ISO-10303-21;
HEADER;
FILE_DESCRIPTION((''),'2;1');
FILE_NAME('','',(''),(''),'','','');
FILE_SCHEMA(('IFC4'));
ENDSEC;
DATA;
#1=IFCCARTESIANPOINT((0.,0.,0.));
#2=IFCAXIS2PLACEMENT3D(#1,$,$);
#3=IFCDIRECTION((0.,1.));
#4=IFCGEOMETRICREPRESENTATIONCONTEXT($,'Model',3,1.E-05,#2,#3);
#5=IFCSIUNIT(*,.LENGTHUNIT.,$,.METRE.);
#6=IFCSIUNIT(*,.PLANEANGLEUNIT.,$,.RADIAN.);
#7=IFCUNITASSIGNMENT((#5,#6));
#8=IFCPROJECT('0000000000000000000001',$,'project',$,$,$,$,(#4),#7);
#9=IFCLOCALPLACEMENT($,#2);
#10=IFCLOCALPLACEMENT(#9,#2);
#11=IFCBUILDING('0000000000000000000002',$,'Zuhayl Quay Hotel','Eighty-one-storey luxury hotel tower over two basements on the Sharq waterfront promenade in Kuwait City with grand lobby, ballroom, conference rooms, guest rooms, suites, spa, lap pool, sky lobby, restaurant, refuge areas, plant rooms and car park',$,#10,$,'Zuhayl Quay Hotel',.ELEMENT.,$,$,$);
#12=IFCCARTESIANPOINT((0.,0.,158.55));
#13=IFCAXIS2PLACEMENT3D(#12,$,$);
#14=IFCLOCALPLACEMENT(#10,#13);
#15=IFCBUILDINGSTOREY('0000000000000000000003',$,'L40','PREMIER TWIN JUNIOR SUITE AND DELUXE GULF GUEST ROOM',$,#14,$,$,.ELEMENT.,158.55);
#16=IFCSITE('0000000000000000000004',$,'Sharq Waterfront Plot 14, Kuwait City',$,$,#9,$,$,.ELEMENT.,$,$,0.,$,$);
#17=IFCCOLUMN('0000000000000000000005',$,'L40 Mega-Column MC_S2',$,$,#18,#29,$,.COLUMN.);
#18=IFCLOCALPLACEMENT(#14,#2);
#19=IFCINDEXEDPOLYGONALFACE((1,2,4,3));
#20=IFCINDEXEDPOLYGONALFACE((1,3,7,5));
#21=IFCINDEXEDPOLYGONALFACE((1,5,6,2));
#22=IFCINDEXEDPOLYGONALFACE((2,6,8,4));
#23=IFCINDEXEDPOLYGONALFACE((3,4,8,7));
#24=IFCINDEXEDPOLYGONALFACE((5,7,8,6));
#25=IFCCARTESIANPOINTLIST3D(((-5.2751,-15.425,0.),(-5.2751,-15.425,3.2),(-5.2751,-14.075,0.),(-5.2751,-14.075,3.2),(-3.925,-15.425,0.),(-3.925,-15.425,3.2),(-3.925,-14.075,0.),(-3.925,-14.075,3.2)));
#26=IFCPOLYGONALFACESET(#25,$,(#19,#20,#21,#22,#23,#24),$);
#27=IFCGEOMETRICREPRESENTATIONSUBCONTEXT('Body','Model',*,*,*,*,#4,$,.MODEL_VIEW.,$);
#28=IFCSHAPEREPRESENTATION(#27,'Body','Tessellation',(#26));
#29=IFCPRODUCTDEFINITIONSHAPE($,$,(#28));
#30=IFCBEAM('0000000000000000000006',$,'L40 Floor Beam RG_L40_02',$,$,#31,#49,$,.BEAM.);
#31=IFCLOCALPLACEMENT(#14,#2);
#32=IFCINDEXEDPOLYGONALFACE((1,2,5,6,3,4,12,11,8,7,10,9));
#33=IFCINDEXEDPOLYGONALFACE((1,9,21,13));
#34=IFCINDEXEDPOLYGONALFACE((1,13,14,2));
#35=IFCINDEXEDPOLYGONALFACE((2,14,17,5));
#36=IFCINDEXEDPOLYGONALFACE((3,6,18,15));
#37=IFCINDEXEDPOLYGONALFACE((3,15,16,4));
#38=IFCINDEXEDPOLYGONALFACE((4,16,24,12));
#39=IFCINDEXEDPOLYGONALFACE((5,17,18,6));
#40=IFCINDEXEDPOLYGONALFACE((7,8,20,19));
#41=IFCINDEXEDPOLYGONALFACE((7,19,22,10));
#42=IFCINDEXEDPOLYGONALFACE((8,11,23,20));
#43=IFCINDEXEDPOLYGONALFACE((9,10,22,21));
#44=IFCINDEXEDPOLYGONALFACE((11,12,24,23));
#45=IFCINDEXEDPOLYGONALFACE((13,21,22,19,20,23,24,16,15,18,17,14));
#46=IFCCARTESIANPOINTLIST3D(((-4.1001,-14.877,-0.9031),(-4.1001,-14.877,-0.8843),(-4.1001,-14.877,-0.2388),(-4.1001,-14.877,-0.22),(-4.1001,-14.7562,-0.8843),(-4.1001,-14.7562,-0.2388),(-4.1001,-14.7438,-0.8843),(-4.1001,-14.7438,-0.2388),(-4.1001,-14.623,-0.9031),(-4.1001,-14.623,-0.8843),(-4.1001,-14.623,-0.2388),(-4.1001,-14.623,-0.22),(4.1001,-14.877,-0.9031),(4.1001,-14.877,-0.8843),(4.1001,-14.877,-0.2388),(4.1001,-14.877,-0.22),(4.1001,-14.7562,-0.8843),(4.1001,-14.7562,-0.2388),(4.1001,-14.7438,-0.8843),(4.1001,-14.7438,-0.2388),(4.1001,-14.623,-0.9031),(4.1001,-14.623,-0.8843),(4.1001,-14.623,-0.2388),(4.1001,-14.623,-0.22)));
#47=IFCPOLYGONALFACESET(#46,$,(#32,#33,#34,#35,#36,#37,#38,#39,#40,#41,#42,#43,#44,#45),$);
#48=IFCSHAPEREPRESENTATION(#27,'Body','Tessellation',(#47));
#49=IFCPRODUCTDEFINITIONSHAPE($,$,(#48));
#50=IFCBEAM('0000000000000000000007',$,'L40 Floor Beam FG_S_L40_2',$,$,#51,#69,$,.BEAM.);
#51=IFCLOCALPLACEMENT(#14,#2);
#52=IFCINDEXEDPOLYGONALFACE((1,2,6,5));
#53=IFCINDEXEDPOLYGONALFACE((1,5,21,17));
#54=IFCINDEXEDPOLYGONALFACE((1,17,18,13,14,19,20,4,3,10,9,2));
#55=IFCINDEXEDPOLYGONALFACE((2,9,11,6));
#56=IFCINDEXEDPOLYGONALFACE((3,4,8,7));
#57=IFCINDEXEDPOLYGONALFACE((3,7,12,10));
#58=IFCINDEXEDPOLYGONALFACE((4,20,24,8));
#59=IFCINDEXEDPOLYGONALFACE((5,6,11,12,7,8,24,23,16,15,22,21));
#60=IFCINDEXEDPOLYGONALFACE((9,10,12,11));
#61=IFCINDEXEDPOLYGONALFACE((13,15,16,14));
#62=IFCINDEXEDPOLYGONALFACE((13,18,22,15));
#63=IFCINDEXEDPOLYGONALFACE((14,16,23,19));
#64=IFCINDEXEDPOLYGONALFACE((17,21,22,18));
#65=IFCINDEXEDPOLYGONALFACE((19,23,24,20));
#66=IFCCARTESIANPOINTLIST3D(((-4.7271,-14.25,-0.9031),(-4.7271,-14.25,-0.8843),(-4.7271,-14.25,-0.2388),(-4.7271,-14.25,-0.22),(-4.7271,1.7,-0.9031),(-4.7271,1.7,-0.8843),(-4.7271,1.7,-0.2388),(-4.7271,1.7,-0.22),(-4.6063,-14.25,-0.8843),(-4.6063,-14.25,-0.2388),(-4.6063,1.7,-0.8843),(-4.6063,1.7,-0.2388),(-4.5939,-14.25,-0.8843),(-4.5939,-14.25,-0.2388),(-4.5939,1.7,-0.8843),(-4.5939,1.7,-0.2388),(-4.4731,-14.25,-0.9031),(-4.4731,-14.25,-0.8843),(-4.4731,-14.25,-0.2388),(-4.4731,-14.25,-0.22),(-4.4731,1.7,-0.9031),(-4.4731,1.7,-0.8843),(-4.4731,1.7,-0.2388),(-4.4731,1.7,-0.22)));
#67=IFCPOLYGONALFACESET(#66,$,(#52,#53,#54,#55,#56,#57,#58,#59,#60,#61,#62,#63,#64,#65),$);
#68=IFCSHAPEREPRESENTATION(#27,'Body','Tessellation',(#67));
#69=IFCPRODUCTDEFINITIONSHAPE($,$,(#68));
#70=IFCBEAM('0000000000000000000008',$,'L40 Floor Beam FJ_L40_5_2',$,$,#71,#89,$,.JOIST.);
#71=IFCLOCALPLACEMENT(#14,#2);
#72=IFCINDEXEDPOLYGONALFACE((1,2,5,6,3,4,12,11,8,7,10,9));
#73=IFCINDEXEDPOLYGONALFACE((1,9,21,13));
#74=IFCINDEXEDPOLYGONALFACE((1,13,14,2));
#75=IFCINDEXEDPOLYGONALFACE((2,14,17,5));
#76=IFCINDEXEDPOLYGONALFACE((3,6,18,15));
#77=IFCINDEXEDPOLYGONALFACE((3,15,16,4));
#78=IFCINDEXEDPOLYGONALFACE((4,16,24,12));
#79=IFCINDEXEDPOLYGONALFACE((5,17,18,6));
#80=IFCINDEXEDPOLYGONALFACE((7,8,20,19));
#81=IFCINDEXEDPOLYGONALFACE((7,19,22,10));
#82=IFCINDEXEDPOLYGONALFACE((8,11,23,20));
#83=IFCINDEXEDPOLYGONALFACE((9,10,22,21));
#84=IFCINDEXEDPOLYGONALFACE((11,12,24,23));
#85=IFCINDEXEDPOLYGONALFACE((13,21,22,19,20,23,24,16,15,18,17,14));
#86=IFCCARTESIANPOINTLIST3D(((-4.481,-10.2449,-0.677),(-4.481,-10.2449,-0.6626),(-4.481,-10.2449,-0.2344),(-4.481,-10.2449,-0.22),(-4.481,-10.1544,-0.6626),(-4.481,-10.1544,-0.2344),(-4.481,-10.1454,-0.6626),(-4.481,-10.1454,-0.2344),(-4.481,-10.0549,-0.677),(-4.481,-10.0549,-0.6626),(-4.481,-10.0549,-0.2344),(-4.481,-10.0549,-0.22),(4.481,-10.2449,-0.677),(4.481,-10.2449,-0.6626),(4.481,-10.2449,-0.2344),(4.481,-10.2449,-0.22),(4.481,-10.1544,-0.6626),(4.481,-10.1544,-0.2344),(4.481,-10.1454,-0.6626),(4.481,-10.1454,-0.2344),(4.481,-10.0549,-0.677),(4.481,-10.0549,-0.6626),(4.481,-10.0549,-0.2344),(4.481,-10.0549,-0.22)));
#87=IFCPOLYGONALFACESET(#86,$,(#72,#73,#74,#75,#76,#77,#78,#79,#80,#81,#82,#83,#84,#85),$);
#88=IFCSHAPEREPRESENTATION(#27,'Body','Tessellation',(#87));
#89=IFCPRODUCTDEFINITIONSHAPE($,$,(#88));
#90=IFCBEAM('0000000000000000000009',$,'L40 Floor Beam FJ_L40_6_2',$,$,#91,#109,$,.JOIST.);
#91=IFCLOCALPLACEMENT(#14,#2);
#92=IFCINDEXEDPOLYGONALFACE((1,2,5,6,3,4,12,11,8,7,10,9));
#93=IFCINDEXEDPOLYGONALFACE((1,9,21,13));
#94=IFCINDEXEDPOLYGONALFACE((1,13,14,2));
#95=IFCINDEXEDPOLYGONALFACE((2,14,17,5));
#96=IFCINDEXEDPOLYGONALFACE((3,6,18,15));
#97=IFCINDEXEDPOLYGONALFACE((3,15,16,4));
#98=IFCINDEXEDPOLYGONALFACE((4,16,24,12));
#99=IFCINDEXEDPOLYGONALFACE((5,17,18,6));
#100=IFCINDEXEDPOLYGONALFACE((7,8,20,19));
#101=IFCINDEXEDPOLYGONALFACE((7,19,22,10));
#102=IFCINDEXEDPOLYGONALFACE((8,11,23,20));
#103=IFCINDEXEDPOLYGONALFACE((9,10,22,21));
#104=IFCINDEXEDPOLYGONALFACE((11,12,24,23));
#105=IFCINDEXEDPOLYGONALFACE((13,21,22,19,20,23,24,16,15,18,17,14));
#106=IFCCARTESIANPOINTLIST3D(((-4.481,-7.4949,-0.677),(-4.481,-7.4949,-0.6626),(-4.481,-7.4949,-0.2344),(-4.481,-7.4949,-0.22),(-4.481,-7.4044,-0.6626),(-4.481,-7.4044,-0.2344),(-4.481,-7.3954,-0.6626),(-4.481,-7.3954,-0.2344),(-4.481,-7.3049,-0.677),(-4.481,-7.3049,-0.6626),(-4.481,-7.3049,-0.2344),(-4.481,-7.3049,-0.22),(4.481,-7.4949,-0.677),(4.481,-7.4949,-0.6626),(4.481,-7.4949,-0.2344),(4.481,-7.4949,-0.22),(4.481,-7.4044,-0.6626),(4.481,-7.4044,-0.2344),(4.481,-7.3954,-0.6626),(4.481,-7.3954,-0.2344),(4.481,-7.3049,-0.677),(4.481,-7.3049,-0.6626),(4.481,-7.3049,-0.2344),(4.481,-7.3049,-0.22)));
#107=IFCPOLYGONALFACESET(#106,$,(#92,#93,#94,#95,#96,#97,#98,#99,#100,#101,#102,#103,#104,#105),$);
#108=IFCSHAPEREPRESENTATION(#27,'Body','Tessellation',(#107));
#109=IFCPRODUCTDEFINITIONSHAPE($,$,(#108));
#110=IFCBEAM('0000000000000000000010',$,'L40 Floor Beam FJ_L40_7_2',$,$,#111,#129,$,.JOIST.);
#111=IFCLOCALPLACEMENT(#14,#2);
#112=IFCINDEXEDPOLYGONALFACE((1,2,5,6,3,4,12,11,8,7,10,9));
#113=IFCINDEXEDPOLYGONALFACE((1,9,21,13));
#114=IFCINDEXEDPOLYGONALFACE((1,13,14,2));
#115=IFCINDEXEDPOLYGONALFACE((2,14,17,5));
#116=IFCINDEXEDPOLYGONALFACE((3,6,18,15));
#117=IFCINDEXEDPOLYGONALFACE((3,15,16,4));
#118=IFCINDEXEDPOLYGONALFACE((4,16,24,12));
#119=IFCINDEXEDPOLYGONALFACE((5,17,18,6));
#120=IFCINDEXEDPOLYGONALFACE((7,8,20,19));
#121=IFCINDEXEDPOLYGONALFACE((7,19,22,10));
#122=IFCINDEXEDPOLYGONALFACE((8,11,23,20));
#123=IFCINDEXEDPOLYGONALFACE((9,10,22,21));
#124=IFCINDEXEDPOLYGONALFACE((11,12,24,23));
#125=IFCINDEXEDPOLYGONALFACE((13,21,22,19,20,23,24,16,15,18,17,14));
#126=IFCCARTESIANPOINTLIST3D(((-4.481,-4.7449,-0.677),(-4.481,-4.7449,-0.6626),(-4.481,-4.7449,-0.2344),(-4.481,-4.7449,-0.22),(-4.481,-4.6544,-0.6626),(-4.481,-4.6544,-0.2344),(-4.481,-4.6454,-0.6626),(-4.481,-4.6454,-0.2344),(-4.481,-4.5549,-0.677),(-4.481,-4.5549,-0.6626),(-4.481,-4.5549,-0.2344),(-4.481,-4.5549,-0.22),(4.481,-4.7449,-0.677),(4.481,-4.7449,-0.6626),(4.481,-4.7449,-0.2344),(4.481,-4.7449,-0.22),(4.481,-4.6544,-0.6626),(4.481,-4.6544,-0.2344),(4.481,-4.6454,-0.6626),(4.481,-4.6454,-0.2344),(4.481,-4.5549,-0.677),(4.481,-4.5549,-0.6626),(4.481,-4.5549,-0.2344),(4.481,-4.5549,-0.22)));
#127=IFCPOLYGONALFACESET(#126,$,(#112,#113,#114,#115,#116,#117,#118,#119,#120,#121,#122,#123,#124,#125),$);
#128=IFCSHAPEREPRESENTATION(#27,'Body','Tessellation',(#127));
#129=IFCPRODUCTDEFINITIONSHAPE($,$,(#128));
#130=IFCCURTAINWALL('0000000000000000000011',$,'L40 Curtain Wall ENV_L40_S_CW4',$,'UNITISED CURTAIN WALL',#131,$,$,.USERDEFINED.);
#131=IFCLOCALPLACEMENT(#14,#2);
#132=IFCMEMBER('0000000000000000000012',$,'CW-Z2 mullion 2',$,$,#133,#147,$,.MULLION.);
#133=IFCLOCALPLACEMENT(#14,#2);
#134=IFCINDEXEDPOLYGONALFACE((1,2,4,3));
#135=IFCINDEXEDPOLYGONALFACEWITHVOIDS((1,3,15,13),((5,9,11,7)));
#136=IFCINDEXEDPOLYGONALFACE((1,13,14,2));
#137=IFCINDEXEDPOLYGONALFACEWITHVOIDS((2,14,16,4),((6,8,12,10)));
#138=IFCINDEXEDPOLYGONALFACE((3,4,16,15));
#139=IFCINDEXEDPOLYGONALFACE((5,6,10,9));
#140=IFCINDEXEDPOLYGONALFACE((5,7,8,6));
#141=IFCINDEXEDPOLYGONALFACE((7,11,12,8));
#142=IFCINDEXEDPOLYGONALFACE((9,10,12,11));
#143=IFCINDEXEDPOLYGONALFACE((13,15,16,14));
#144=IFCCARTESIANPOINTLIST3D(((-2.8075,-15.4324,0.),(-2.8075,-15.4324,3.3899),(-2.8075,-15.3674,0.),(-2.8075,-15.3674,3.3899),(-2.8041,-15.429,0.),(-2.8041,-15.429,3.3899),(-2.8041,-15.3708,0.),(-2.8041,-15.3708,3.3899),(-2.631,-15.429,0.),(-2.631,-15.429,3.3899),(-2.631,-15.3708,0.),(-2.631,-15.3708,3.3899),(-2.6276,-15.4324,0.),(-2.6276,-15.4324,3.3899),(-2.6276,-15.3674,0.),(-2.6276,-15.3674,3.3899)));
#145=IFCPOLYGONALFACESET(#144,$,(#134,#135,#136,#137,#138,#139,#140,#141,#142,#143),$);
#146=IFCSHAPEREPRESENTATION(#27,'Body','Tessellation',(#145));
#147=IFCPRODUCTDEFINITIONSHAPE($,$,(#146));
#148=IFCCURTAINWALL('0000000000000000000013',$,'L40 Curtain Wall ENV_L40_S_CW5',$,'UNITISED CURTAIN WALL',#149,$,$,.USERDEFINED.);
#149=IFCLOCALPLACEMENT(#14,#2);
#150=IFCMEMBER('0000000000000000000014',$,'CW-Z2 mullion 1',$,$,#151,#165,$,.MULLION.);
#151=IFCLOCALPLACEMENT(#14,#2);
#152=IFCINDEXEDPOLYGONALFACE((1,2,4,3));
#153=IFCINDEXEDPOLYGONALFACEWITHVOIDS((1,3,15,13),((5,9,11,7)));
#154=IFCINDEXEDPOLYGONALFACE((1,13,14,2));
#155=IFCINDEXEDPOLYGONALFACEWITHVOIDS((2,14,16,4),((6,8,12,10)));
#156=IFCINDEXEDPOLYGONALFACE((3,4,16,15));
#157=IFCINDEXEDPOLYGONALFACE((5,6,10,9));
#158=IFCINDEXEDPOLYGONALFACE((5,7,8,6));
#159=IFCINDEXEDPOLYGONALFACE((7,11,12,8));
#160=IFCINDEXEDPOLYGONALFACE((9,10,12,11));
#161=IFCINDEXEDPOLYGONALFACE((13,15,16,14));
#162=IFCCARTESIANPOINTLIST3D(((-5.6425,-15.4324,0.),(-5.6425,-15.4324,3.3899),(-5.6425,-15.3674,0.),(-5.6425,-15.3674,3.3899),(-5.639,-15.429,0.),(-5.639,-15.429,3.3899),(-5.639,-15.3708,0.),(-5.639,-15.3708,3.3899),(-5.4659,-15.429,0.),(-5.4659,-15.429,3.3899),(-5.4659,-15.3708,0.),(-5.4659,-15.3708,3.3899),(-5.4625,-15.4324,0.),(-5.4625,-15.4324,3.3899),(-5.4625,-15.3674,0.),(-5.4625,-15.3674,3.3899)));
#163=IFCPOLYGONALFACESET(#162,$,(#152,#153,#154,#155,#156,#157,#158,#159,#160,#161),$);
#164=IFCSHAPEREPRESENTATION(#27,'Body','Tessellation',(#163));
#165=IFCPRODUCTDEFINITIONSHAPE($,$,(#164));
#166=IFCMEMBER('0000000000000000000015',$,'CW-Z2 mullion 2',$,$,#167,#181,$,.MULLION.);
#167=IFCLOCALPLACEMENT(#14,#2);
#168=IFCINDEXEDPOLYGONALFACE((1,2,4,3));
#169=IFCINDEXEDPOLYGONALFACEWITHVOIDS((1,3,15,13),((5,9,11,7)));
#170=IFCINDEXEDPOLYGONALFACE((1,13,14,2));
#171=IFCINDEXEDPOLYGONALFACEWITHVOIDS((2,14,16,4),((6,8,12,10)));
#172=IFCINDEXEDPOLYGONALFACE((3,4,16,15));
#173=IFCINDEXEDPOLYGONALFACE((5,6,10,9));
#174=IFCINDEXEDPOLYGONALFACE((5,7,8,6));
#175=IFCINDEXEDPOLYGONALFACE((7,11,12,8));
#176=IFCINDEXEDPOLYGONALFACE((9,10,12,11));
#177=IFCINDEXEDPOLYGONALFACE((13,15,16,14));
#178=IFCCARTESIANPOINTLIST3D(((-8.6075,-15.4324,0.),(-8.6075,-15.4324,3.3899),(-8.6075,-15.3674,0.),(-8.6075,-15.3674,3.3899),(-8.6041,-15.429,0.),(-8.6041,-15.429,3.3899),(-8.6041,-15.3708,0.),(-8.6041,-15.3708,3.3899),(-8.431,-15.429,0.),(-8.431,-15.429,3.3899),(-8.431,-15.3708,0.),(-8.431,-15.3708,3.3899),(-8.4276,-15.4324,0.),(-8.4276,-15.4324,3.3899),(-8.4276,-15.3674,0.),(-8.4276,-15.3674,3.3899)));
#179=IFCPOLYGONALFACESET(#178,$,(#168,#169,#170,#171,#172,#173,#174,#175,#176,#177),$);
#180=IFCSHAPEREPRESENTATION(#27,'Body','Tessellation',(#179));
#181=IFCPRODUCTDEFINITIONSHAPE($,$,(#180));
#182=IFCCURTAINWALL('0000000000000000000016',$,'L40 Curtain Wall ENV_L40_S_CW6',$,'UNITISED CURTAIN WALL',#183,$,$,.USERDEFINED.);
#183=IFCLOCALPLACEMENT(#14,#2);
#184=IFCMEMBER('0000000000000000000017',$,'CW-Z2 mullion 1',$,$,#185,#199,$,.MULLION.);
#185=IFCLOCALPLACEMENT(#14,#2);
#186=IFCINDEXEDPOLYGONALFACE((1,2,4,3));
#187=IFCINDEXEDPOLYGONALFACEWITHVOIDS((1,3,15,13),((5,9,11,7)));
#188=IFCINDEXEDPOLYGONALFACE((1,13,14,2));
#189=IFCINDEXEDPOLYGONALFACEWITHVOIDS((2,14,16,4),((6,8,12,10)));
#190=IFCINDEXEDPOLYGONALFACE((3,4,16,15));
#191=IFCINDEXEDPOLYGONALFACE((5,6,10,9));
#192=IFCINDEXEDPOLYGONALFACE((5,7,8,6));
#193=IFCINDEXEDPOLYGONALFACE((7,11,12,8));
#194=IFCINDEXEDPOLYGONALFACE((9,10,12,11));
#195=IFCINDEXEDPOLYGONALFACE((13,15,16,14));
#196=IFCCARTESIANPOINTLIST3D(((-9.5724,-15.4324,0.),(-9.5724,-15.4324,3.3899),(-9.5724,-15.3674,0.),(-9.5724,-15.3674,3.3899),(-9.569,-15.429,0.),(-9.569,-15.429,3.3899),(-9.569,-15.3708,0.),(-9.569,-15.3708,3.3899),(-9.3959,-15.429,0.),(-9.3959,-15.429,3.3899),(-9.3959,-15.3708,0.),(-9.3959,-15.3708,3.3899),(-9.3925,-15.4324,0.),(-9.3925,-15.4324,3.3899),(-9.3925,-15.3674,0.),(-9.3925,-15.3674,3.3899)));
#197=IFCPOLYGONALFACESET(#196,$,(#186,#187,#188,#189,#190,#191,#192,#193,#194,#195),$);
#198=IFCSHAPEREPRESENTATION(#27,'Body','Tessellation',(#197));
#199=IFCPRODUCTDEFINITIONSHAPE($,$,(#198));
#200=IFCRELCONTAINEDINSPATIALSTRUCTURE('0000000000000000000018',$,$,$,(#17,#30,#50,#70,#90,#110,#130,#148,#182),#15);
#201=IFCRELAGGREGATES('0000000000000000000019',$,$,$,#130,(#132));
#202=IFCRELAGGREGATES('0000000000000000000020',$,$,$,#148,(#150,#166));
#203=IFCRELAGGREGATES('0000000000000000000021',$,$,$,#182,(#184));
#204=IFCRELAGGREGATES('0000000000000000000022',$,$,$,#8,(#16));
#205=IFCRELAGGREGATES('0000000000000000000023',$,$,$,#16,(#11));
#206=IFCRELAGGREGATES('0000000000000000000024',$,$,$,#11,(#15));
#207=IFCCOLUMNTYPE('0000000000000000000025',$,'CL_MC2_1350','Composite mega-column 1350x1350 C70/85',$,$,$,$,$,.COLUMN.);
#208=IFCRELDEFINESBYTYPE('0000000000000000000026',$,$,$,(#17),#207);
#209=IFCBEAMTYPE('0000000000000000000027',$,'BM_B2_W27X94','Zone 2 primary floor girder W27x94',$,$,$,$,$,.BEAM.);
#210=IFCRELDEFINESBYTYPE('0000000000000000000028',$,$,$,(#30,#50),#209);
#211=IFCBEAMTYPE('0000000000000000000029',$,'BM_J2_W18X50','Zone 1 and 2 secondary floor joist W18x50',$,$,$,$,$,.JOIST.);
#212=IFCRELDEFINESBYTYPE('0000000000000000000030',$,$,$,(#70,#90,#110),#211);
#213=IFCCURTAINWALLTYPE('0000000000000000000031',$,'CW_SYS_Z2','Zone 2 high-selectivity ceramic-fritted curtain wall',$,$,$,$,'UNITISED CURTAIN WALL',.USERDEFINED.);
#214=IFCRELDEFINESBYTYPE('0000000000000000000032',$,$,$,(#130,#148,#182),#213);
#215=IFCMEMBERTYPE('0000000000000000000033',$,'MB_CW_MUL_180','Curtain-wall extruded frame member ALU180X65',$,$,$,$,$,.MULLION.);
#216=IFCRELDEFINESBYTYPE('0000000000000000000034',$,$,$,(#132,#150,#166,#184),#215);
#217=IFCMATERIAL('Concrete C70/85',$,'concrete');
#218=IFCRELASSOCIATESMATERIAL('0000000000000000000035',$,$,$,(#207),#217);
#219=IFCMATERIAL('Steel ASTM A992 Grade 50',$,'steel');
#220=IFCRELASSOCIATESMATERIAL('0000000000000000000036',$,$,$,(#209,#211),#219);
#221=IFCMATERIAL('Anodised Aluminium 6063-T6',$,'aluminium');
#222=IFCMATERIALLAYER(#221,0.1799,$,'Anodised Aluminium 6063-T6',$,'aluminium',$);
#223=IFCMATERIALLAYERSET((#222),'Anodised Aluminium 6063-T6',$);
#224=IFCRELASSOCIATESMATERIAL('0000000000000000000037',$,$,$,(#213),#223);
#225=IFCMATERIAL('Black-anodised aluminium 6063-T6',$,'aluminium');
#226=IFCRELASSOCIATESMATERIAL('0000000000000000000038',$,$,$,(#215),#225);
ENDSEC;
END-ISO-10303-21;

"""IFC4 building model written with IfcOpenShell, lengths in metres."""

from ifc_helpers import new_model, si_unit, direction, frame, origin, origin_2d, place, context, subcontext, project, spatial, rectangle, hollow_rectangle, i_section, extrude, material, layer, layer_set, material_profile, profile_set, type_object, element, aggregate, save


model = new_model("IFC4")

# Units and contexts
model_context = context("Model", 3, precision=1e-05, world=origin(), true_north=direction((0.0, 1.0)))
body_context = subcontext(model_context, "Body", "Model", "MODEL_VIEW")
ifc_project = project(units=[si_unit("LENGTHUNIT", "METRE"), si_unit("PLANEANGLEUNIT", "RADIAN")], contexts=[model_context])

# Site, building, storey
site_placement = place(None, origin())
site = spatial("IfcSite", under=ifc_project, at=site_placement, Name="Sharq Waterfront Plot 14, Kuwait City", CompositionType="ELEMENT", RefElevation=0.0)
building_placement = place(site_placement, origin())
building = spatial("IfcBuilding", under=site, at=building_placement, Name="Zuhayl Quay Hotel", Description="Eighty-one-storey luxury hotel tower over two basements on the Sharq waterfront promenade in Kuwait City with grand lobby, ballroom, conference rooms, guest rooms, suites, spa, lap pool, sky lobby, restaurant, refuge areas, plant rooms and car park", LongName="Zuhayl Quay Hotel", CompositionType="ELEMENT")
storey_placement = place(building_placement, frame((0.0, 0.0, 158.55)))
storey = spatial("IfcBuildingStorey", under=building, at=storey_placement, Name="L40", Description="PREMIER TWIN JUNIOR SUITE AND DELUXE GULF GUEST ROOM", CompositionType="ELEMENT", Elevation=158.55)

# Column
ifc_material_1 = material(Name="Concrete C70/85", Category="concrete")
ifc_material_profile_1 = material_profile(ifc_material_1, rectangle(XDim=1.3501, YDim=1.3501, at=origin_2d()), Name="RC1350X1350")
ifc_profile_set_1 = profile_set([ifc_material_profile_1], Name="Concrete C70/85")
column_type = type_object("IfcColumnType", Name="CL_MC2_1350", Description="Composite mega-column 1350x1350 C70/85", PredefinedType="COLUMN", material=ifc_profile_set_1)
column_placement = place(storey_placement, frame((-4.6001, -14.75, 0.0), z_axis=(0.0, 0.0, 1.0), x_axis=(1.0, 0.0, 0.0)))
element("IfcColumn", 1, at=column_placement, inside=storey, type_object=column_type, Name="L40 Mega-Column MC_S2", PredefinedType="COLUMN", context=body_context, shape_type="SweptSolid", body=[
    extrude(rectangle(XDim=1.3501, YDim=1.3501, at=origin_2d()), origin(), (0.0, 0.0, 1.0), 3.2),
])

# Beams
ifc_material_2 = material(Name="Steel ASTM A992 Grade 50", Category="steel")
ifc_material_profile_2 = material_profile(ifc_material_2, i_section(OverallWidth=0.2539, OverallDepth=0.6831, WebThickness=0.0125, FlangeThickness=0.0188, at=origin_2d()), Name="W27X94")
ifc_profile_set_2 = profile_set([ifc_material_profile_2], Name="Steel ASTM A992 Grade 50")
beam_type_1 = type_object("IfcBeamType", Name="BM_B2_W27X94", Description="Zone 2 primary floor girder W27x94", PredefinedType="BEAM", material=ifc_profile_set_2)
beam_1_placement = place(storey_placement, frame((-4.1001, -14.75, -0.5615), z_axis=(1.0, 0.0, 0.0), x_axis=(0.0, 1.0, 0.0)))
element("IfcBeam", 2, at=beam_1_placement, inside=storey, type_object=beam_type_1, Name="L40 Floor Beam RG_L40_02", PredefinedType="BEAM", context=body_context, shape_type="SweptSolid", body=[
    extrude(i_section(OverallWidth=0.2539, OverallDepth=0.6831, WebThickness=0.0125, FlangeThickness=0.0188, at=origin_2d()), origin(), (0.0, 0.0, 1.0), 8.2002),
])
beam_2_placement = place(storey_placement, frame((-4.6001, -14.25, -0.5615), z_axis=(0.0, 1.0, 0.0), x_axis=(-1.0, 0.0, 0.0)))
element("IfcBeam", 3, at=beam_2_placement, inside=storey, type_object=beam_type_1, Name="L40 Floor Beam FG_S_L40_2", PredefinedType="BEAM", context=body_context, shape_type="SweptSolid", body=[
    extrude(i_section(OverallWidth=0.2539, OverallDepth=0.6831, WebThickness=0.0125, FlangeThickness=0.0188, at=origin_2d()), origin(), (0.0, 0.0, 1.0), 15.95),
])
ifc_material_profile_3 = material_profile(ifc_material_2, i_section(OverallWidth=0.1899, OverallDepth=0.457, WebThickness=0.009, FlangeThickness=0.0144, at=origin_2d()), Name="W18X50")
ifc_profile_set_3 = profile_set([ifc_material_profile_3], Name="Steel ASTM A992 Grade 50")
beam_type_2 = type_object("IfcBeamType", Name="BM_J2_W18X50", Description="Zone 1 and 2 secondary floor joist W18x50", PredefinedType="JOIST", material=ifc_profile_set_3)
for number, where, z_axis, x_axis, name in (
    (4, (-4.481, -10.1499, -0.4485), (1.0, 0.0, 0.0), (0.0, 1.0, 0.0), "L40 Floor Beam FJ_L40_5_2"),
    (5, (-4.481, -7.3999, -0.4485), (1.0, 0.0, 0.0), (0.0, 1.0, 0.0), "L40 Floor Beam FJ_L40_6_2"),
    (6, (-4.481, -4.6499, -0.4485), (1.0, 0.0, 0.0), (0.0, 1.0, 0.0), "L40 Floor Beam FJ_L40_7_2"),
):
    element("IfcBeam", number, at=place(storey_placement, frame(where, z_axis=z_axis, x_axis=x_axis)), inside=storey, type_object=beam_type_2, Name=name, PredefinedType="JOIST", context=body_context, shape_type="SweptSolid", body=[
        extrude(i_section(OverallWidth=0.1899, OverallDepth=0.457, WebThickness=0.009, FlangeThickness=0.0144, at=origin_2d()), origin(), (0.0, 0.0, 1.0), 8.9619),
    ])

# Curtain wall, member
ifc_material_3 = material(Name="Anodised Aluminium 6063-T6", Category="aluminium")
ifc_layer_1 = layer(ifc_material_3, 0.1799, Name="Anodised Aluminium 6063-T6", Category="aluminium")
ifc_layer_set_1 = layer_set([ifc_layer_1], Name="Anodised Aluminium 6063-T6")
curtain_wall_type = type_object("IfcCurtainWallType", Name="CW_SYS_Z2", Description="Zone 2 high-selectivity ceramic-fritted curtain wall", ElementType="UNITISED CURTAIN WALL", PredefinedType="USERDEFINED", material=ifc_layer_set_1)
curtain_wall_1_placement = place(storey_placement, origin())
curtain_wall_1 = element("IfcCurtainWall", 7, at=curtain_wall_1_placement, inside=storey, type_object=curtain_wall_type, Name="L40 Curtain Wall ENV_L40_S_CW4", ObjectType="UNITISED CURTAIN WALL", PredefinedType="USERDEFINED")
ifc_material_4 = material(Name="Black-anodised aluminium 6063-T6", Category="aluminium")
ifc_material_profile_4 = material_profile(ifc_material_4, hollow_rectangle(XDim=0.0649, YDim=0.1799, WallThickness=0.0034, at=origin_2d()), Name="ALU180X65")
ifc_profile_set_4 = profile_set([ifc_material_profile_4], Name="Black-anodised aluminium 6063-T6")
member_type_1 = type_object("IfcMemberType", Name="MB_CW_MUL_180", Description="Curtain-wall extruded frame member ALU180X65", PredefinedType="MULLION", material=ifc_profile_set_4)
member_1_placement = place(storey_placement, frame((-2.7175, -15.3999, 0.0), z_axis=(0.0, 0.0, 1.0), x_axis=(0.0, -1.0, 0.0)))
member_1 = element("IfcMember", 8, at=member_1_placement, type_object=member_type_1, Name="CW-Z2 mullion 2", PredefinedType="MULLION", context=body_context, shape_type="SweptSolid", body=[
    extrude(hollow_rectangle(XDim=0.0649, YDim=0.1799, WallThickness=0.0034, at=origin_2d()), origin(), (0.0, 0.0, 1.0), 3.3899),
])
aggregate(curtain_wall_1, [member_1])

# Curtain wall, members
curtain_wall_2_placement = place(storey_placement, origin())
curtain_wall_2 = element("IfcCurtainWall", 9, at=curtain_wall_2_placement, inside=storey, type_object=curtain_wall_type, Name="L40 Curtain Wall ENV_L40_S_CW5", ObjectType="UNITISED CURTAIN WALL", PredefinedType="USERDEFINED")
member_2_placement = place(storey_placement, frame((-5.5525, -15.3999, 0.0), z_axis=(0.0, 0.0, 1.0), x_axis=(0.0, -1.0, 0.0)))
member_2 = element("IfcMember", 10, at=member_2_placement, type_object=member_type_1, Name="CW-Z2 mullion 1", PredefinedType="MULLION", context=body_context, shape_type="SweptSolid", body=[
    extrude(hollow_rectangle(XDim=0.0649, YDim=0.1799, WallThickness=0.0034, at=origin_2d()), origin(), (0.0, 0.0, 1.0), 3.3899),
])
member_3_placement = place(storey_placement, frame((-8.5176, -15.3999, 0.0), z_axis=(0.0, 0.0, 1.0), x_axis=(0.0, -1.0, 0.0)))
member_3 = element("IfcMember", 11, at=member_3_placement, type_object=member_type_1, Name="CW-Z2 mullion 2", PredefinedType="MULLION", context=body_context, shape_type="SweptSolid", body=[
    extrude(hollow_rectangle(XDim=0.0649, YDim=0.1799, WallThickness=0.0034, at=origin_2d()), origin(), (0.0, 0.0, 1.0), 3.3899),
])

# Curtain wall, member
curtain_wall_3_placement = place(storey_placement, origin())
curtain_wall_3 = element("IfcCurtainWall", 12, at=curtain_wall_3_placement, inside=storey, type_object=curtain_wall_type, Name="L40 Curtain Wall ENV_L40_S_CW6", ObjectType="UNITISED CURTAIN WALL", PredefinedType="USERDEFINED")
member_4_placement = place(storey_placement, frame((-9.4824, -15.3999, 0.0), z_axis=(0.0, 0.0, 1.0), x_axis=(0.0, -1.0, 0.0)))
member_4 = element("IfcMember", 13, at=member_4_placement, type_object=member_type_1, Name="CW-Z2 mullion 1", PredefinedType="MULLION", context=body_context, shape_type="SweptSolid", body=[
    extrude(hollow_rectangle(XDim=0.0649, YDim=0.1799, WallThickness=0.0034, at=origin_2d()), origin(), (0.0, 0.0, 1.0), 3.3899),
])

aggregate(curtain_wall_2, [member_2, member_3])
aggregate(curtain_wall_3, [member_4])

save(model, "model.ifc")
